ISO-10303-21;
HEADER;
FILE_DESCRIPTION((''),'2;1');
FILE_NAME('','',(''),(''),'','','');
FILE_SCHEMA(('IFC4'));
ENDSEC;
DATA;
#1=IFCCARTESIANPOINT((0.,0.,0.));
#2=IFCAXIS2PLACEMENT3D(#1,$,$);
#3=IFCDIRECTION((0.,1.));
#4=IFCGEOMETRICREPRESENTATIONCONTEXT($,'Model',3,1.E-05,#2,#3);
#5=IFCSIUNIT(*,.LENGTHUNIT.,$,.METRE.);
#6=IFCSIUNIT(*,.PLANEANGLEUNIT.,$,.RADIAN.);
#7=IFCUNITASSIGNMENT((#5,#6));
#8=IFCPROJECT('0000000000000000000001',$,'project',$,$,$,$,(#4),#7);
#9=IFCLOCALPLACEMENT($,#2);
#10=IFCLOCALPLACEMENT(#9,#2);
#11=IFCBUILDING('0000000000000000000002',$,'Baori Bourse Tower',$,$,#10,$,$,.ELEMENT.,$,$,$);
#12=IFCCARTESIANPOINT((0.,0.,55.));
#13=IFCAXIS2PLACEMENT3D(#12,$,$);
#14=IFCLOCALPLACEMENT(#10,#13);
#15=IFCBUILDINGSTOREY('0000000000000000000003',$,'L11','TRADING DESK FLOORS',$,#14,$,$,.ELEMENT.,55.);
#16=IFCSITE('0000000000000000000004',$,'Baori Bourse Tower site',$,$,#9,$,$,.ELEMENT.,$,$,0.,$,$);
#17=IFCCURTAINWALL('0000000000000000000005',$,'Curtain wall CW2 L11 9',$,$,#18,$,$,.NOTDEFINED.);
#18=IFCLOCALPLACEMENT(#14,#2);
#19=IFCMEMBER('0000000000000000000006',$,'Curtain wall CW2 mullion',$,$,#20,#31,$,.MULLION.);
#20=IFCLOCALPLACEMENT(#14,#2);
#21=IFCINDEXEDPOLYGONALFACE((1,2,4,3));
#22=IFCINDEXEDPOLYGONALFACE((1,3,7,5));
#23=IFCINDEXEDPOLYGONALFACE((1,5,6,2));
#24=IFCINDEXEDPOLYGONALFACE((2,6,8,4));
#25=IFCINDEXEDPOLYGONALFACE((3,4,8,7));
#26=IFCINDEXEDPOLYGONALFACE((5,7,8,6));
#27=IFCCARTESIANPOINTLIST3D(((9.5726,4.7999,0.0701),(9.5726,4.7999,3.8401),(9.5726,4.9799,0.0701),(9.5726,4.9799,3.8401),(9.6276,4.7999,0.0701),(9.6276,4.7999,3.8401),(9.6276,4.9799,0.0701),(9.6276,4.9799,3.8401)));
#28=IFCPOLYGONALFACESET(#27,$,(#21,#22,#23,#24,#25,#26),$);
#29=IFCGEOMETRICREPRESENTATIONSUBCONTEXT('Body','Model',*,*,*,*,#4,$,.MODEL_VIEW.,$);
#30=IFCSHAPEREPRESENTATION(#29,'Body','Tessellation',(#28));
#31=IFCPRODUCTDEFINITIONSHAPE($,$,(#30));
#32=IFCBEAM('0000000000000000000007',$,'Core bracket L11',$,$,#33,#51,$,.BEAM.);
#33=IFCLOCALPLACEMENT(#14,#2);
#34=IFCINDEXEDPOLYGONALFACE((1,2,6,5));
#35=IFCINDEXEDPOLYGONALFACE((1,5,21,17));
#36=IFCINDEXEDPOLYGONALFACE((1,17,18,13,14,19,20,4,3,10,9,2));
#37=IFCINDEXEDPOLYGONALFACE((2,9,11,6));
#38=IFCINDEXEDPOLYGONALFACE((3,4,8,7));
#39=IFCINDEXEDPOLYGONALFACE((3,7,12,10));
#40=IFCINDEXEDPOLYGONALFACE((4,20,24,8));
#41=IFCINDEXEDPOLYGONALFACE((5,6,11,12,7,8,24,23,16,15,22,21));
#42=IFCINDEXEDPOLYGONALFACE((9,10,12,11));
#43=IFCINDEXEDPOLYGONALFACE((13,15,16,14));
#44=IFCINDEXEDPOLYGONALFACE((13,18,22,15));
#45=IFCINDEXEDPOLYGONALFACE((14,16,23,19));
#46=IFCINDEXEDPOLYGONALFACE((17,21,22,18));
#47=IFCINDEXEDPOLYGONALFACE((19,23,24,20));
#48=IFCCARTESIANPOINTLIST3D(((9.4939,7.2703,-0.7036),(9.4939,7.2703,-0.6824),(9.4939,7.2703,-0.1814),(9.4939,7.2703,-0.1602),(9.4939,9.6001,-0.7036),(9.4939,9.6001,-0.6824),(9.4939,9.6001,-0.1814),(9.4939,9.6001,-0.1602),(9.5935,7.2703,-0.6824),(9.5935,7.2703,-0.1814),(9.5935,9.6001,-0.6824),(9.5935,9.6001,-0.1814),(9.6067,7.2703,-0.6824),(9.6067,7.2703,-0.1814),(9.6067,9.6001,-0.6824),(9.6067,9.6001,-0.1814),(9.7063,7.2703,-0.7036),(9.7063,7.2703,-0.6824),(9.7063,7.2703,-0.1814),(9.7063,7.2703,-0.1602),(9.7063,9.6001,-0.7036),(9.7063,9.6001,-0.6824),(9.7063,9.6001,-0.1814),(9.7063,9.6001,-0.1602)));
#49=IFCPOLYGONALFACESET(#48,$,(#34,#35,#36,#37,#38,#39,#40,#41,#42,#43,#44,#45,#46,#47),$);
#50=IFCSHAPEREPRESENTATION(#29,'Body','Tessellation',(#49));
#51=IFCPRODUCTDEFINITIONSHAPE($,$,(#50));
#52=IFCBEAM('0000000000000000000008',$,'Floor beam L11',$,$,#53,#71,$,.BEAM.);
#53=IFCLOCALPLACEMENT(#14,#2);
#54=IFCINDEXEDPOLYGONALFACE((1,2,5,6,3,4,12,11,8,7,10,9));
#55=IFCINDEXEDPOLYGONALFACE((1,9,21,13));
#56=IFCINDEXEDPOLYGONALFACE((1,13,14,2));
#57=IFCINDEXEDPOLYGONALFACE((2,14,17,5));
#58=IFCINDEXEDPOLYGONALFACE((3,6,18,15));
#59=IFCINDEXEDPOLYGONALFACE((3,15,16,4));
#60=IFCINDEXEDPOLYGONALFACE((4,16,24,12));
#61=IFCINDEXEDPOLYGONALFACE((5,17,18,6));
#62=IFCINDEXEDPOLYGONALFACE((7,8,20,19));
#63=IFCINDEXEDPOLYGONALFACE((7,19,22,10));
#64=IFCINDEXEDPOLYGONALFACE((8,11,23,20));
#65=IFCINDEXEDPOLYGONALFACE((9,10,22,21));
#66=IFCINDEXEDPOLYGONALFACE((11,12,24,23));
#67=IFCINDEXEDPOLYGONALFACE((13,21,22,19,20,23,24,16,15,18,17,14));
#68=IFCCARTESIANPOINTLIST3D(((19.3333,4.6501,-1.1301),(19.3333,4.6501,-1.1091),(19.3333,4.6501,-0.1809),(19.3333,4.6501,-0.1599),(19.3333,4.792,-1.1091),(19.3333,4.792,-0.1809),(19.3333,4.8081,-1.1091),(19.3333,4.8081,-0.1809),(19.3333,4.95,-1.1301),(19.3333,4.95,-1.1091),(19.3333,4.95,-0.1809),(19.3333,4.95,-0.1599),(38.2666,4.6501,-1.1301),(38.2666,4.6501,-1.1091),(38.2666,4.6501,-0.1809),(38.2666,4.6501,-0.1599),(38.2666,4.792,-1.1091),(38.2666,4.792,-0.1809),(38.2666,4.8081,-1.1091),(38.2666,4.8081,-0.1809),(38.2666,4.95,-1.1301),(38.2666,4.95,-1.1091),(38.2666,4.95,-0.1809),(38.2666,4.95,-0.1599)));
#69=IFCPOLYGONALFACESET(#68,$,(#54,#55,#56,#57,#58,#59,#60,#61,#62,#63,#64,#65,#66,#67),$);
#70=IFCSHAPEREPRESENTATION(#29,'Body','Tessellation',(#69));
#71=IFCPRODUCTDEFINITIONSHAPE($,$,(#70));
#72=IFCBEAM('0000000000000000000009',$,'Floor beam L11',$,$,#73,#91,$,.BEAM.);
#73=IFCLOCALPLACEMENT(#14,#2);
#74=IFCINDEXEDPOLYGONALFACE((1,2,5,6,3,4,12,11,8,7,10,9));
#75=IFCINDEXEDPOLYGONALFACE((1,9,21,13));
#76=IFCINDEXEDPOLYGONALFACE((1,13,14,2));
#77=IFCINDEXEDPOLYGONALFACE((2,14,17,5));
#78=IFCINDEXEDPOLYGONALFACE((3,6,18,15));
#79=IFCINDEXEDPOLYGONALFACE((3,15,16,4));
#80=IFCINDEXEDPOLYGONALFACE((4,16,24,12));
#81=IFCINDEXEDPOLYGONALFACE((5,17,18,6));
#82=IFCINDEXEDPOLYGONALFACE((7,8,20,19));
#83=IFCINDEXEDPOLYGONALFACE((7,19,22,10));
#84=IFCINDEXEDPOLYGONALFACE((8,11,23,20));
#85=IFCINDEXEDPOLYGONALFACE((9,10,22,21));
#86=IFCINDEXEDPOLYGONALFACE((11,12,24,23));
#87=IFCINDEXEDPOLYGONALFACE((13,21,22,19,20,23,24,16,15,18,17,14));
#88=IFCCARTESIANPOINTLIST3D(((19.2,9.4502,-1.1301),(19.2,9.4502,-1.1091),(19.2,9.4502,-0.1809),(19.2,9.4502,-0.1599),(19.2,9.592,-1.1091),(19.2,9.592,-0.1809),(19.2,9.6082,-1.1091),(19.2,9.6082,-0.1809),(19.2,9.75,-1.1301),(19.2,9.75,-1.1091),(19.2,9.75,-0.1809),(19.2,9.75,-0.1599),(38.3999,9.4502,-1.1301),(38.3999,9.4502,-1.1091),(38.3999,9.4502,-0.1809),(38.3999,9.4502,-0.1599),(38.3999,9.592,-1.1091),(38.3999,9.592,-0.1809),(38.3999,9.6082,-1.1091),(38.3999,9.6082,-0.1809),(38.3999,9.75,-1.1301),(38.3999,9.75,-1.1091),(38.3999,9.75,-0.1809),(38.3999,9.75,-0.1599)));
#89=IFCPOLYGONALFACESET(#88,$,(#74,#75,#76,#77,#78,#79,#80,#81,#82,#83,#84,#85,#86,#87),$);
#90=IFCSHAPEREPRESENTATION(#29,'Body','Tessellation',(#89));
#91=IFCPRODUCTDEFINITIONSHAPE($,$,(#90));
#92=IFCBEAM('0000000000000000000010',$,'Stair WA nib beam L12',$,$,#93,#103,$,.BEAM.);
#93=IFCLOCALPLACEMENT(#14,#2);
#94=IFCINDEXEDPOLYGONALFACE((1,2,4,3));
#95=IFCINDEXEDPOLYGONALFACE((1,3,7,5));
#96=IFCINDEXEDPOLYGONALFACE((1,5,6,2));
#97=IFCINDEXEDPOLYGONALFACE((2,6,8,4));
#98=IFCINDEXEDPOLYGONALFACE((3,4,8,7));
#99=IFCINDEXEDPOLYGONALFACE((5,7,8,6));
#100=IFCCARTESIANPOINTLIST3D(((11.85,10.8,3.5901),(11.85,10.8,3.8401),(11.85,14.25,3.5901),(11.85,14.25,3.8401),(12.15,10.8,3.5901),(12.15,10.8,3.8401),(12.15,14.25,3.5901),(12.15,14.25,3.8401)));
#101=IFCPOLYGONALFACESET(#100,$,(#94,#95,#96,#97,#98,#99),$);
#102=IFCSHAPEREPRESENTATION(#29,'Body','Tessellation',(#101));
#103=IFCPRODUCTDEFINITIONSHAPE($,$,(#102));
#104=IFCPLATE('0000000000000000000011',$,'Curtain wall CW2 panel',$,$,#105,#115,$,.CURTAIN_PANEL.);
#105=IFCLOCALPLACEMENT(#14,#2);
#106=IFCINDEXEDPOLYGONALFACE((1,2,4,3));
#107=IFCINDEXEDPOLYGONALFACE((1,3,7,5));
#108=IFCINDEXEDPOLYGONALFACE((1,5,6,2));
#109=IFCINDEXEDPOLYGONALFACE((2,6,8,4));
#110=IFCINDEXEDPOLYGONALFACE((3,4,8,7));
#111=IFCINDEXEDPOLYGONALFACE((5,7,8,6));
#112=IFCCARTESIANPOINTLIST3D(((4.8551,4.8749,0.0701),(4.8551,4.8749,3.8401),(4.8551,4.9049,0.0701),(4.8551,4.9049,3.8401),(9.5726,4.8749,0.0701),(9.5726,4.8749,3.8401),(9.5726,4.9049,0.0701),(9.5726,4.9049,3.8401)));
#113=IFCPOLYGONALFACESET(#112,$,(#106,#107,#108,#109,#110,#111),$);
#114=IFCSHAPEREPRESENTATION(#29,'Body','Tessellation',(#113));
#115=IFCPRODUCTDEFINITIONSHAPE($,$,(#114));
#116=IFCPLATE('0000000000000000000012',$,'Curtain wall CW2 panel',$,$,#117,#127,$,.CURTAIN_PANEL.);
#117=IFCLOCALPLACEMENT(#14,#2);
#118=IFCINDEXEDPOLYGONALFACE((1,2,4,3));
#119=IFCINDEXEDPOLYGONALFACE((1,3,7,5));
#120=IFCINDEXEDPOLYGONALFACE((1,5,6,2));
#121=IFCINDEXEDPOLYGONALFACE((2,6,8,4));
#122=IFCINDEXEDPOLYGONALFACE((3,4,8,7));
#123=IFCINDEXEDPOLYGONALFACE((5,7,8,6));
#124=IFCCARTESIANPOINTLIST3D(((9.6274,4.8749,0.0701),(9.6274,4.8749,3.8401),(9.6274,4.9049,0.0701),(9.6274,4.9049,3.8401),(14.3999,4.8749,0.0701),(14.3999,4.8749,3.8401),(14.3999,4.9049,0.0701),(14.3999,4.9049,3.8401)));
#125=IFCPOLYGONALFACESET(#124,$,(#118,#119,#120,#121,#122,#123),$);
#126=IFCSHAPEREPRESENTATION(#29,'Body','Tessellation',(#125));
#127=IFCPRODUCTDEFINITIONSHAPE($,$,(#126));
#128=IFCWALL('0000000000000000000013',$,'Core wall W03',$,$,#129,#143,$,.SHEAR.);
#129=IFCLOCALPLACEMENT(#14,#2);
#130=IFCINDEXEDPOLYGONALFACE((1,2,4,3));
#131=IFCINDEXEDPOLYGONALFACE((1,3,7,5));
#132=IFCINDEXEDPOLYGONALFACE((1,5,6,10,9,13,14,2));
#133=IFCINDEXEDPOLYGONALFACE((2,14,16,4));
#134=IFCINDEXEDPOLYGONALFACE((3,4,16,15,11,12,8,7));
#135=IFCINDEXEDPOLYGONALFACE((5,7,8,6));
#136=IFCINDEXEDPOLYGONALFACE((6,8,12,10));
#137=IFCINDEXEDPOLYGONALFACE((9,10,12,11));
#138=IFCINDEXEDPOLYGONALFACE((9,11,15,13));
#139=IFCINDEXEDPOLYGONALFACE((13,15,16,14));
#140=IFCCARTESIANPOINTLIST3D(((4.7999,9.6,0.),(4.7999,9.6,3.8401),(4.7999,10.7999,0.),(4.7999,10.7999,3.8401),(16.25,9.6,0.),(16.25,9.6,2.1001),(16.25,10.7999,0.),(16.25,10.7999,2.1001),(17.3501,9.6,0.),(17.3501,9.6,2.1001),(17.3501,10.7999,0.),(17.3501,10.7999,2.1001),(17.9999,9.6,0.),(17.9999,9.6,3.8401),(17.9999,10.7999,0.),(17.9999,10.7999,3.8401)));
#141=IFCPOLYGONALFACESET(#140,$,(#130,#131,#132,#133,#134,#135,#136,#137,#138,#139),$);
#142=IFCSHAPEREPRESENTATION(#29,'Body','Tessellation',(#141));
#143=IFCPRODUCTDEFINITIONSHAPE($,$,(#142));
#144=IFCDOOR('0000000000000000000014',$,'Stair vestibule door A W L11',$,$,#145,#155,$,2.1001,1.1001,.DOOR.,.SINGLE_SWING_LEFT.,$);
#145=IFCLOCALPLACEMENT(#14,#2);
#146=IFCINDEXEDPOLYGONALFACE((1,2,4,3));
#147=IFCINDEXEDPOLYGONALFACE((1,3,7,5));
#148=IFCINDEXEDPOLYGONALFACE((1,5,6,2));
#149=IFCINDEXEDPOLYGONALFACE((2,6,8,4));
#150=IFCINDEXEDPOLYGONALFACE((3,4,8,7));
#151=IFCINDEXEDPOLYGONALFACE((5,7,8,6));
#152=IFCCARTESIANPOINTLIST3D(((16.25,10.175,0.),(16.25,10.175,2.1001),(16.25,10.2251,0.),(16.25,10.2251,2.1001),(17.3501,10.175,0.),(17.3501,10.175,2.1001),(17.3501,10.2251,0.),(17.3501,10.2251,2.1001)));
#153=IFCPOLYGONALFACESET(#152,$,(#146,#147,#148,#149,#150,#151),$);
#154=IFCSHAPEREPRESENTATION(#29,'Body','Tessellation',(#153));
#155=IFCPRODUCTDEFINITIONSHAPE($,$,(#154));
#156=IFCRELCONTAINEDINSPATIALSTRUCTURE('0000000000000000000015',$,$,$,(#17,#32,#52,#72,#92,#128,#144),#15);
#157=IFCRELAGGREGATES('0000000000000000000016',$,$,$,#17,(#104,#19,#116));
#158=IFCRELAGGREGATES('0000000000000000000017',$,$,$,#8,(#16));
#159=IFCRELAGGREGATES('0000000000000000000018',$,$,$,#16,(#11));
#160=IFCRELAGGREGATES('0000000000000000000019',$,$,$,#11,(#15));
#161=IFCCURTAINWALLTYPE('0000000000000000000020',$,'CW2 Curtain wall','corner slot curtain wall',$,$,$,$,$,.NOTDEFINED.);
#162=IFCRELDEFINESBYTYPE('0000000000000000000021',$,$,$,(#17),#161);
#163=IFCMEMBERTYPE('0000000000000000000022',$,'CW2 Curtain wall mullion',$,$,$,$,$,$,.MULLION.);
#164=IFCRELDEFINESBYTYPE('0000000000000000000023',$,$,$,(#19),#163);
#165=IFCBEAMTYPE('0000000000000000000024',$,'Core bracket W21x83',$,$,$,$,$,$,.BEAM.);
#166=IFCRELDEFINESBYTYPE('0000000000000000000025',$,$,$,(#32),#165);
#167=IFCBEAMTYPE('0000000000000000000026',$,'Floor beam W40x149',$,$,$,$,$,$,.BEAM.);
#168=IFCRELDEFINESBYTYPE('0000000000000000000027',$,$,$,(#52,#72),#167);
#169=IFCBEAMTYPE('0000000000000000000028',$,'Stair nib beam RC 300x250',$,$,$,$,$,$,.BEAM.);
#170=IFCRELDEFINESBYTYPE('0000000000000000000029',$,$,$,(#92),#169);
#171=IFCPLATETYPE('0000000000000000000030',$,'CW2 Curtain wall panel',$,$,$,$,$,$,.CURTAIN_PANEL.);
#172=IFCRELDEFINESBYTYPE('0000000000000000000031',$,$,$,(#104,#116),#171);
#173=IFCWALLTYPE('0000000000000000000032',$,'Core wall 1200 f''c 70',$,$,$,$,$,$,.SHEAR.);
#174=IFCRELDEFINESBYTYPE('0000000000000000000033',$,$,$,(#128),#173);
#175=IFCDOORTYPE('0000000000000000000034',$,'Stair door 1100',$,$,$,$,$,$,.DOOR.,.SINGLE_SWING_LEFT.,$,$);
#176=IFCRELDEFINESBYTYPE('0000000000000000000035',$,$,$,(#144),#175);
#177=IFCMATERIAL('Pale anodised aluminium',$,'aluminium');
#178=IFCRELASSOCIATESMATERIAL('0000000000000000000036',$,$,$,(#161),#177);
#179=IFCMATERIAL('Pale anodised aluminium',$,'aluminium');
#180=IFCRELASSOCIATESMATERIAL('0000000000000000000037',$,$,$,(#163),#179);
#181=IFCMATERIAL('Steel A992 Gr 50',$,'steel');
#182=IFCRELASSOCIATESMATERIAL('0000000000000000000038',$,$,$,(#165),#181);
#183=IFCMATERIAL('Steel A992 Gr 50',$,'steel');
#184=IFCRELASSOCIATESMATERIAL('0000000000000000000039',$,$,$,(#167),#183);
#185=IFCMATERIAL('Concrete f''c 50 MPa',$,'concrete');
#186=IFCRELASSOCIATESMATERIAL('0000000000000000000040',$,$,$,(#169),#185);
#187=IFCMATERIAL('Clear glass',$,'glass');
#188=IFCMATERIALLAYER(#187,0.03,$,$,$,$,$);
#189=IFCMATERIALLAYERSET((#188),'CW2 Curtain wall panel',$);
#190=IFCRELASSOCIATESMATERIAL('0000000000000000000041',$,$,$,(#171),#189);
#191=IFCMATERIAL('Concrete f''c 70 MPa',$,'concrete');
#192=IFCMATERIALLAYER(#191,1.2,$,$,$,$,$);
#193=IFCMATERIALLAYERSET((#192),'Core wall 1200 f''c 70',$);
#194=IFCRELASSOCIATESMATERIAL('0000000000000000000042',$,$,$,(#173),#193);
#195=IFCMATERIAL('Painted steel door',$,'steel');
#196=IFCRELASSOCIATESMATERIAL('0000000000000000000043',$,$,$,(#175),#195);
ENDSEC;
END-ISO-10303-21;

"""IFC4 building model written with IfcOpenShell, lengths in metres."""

from ifc_helpers import new_model, si_unit, direction, frame, frame_2d, origin, origin_2d, place, context, subcontext, project, spatial, rectangle, i_section, extrude, material, layer, layer_set, material_profile, profile_set, type_object, element, fill, aggregate, save


model = new_model("IFC4")

# Units and contexts
model_context = context("Model", 3, precision=1e-05, world=origin(), true_north=direction((0.0, 1.0)))
body_context = subcontext(model_context, "Body", "Model", "MODEL_VIEW")
ifc_project = project(units=[si_unit("LENGTHUNIT", "METRE"), si_unit("PLANEANGLEUNIT", "RADIAN")], contexts=[model_context])

# Site, building, storey
site_placement = place(None, origin())
site = spatial("IfcSite", under=ifc_project, at=site_placement, Name="Baori Bourse Tower site", CompositionType="ELEMENT", RefElevation=0.0)
building_placement = place(site_placement, origin())
building = spatial("IfcBuilding", under=site, at=building_placement, Name="Baori Bourse Tower", CompositionType="ELEMENT")
storey_placement = place(building_placement, frame((0.0, 0.0, 55.0)))
storey = spatial("IfcBuildingStorey", under=building, at=storey_placement, Name="L11", Description="TRADING DESK FLOORS", CompositionType="ELEMENT", Elevation=55.0)

# Curtain wall, member
ifc_material_1 = material(Name="Pale anodised aluminium", Category="aluminium")
curtain_wall_type = type_object("IfcCurtainWallType", Name="CW2 Curtain wall", Description="corner slot curtain wall", PredefinedType="NOTDEFINED", material=ifc_material_1)
curtain_wall_placement = place(storey_placement, origin())
curtain_wall = element("IfcCurtainWall", 1, at=curtain_wall_placement, inside=storey, type_object=curtain_wall_type, Name="Curtain wall CW2 L11 9", PredefinedType="NOTDEFINED")
ifc_material_2 = material(Name="Pale anodised aluminium", Category="aluminium")
ifc_material_profile_1 = material_profile(ifc_material_2, rectangle(XDim=0.1799, YDim=0.0549, at=origin_2d()), Name="Mullion 55x180")
ifc_profile_set_1 = profile_set([ifc_material_profile_1], Name="Pale anodised aluminium")
member_type = type_object("IfcMemberType", Name="CW2 Curtain wall mullion", PredefinedType="MULLION", material=ifc_profile_set_1)
member_placement = place(storey_placement, frame((9.6001, 4.8899, 0.0701), z_axis=(0.0, 0.0, 1.0), x_axis=(0.0, 1.0, 0.0)))
member = element("IfcMember", 2, at=member_placement, type_object=member_type, Name="Curtain wall CW2 mullion", PredefinedType="MULLION", context=body_context, shape_type="SweptSolid", body=[
    extrude(rectangle(XDim=0.1799, YDim=0.0549, at=origin_2d()), origin(), (0.0, 0.0, 1.0), 3.77),
])

# Beams
ifc_material_3 = material(Name="Steel A992 Gr 50", Category="steel")
ifc_material_profile_2 = material_profile(ifc_material_3, i_section(OverallWidth=0.2124, OverallDepth=0.5435, WebThickness=0.0132, FlangeThickness=0.0212, at=origin_2d()), Name="W21x83")
ifc_profile_set_2 = profile_set([ifc_material_profile_2], Name="Steel A992 Gr 50")
beam_type_1 = type_object("IfcBeamType", Name="Core bracket W21x83", PredefinedType="BEAM", material=ifc_profile_set_2)
beam_1_placement = place(storey_placement, frame((9.6001, 7.2703, -0.4319), z_axis=(0.0, 1.0, 0.0), x_axis=(-1.0, 0.0, 0.0)))
element("IfcBeam", 3, at=beam_1_placement, inside=storey, type_object=beam_type_1, Name="Core bracket L11", PredefinedType="BEAM", context=body_context, shape_type="SweptSolid", body=[
    extrude(i_section(OverallWidth=0.2124, OverallDepth=0.5435, WebThickness=0.0132, FlangeThickness=0.0212, at=origin_2d()), origin(), (0.0, 0.0, 1.0), 2.3298),
])
ifc_material_4 = material(Name="Steel A992 Gr 50", Category="steel")
ifc_material_profile_3 = material_profile(ifc_material_4, i_section(OverallWidth=0.2998, OverallDepth=0.9702, WebThickness=0.0161, FlangeThickness=0.021, at=origin_2d()), Name="W40x149")
ifc_profile_set_3 = profile_set([ifc_material_profile_3], Name="Steel A992 Gr 50")
beam_type_2 = type_object("IfcBeamType", Name="Floor beam W40x149", PredefinedType="BEAM", material=ifc_profile_set_3)
beam_2_placement = place(storey_placement, frame((19.3333, 4.8, -0.645), z_axis=(1.0, 0.0, 0.0), x_axis=(0.0, 1.0, 0.0)))
element("IfcBeam", 4, at=beam_2_placement, inside=storey, type_object=beam_type_2, Name="Floor beam L11", PredefinedType="BEAM", context=body_context, shape_type="SweptSolid", body=[
    extrude(i_section(OverallWidth=0.2998, OverallDepth=0.9702, WebThickness=0.0161, FlangeThickness=0.021, at=origin_2d()), origin(), (0.0, 0.0, 1.0), 18.9333),
])
beam_3_placement = place(storey_placement, frame((19.2, 9.6001, -0.645), z_axis=(1.0, 0.0, 0.0), x_axis=(0.0, 1.0, 0.0)))
element("IfcBeam", 5, at=beam_3_placement, inside=storey, type_object=beam_type_2, Name="Floor beam L11", PredefinedType="BEAM", context=body_context, shape_type="SweptSolid", body=[
    extrude(i_section(OverallWidth=0.2998, OverallDepth=0.9702, WebThickness=0.0161, FlangeThickness=0.021, at=origin_2d()), origin(), (0.0, 0.0, 1.0), 19.2),
])
ifc_material_5 = material(Name="Concrete f'c 50 MPa", Category="concrete")
ifc_material_profile_4 = material_profile(ifc_material_5, rectangle(XDim=0.3, YDim=0.25, at=origin_2d()), Name="RC 300x250")
ifc_profile_set_4 = profile_set([ifc_material_profile_4], Name="Concrete f'c 50 MPa")
beam_type_3 = type_object("IfcBeamType", Name="Stair nib beam RC 300x250", PredefinedType="BEAM", material=ifc_profile_set_4)
beam_4_placement = place(storey_placement, frame((12.0, 10.8, 3.7151), z_axis=(0.0, 1.0, 0.0), x_axis=(-1.0, 0.0, 0.0)))
element("IfcBeam", 6, at=beam_4_placement, inside=storey, type_object=beam_type_3, Name="Stair WA nib beam L12", PredefinedType="BEAM", context=body_context, shape_type="SweptSolid", body=[
    extrude(rectangle(XDim=0.3, YDim=0.25, at=origin_2d()), origin(), (0.0, 0.0, 1.0), 3.45),
])

# Plates
ifc_material_6 = material(Name="Clear glass", Category="glass")
ifc_layer_1 = layer(ifc_material_6, 0.03)
ifc_layer_set_1 = layer_set([ifc_layer_1], Name="CW2 Curtain wall panel")
plate_type = type_object("IfcPlateType", Name="CW2 Curtain wall panel", PredefinedType="CURTAIN_PANEL", material=ifc_layer_set_1)
plate_1_placement = place(storey_placement, frame((7.2139, 4.8899, 0.0701), z_axis=(0.0, 0.0, 1.0), x_axis=(1.0, 0.0, 0.0)))
plate_1 = element("IfcPlate", 7, at=plate_1_placement, type_object=plate_type, Name="Curtain wall CW2 panel", PredefinedType="CURTAIN_PANEL", context=body_context, shape_type="SweptSolid", body=[
    extrude(rectangle(XDim=4.7175, YDim=0.03, at=origin_2d()), origin(), (0.0, 0.0, 1.0), 3.77),
])
plate_2_placement = place(storey_placement, frame((12.0137, 4.8899, 0.0701), z_axis=(0.0, 0.0, 1.0), x_axis=(1.0, 0.0, 0.0)))
plate_2 = element("IfcPlate", 8, at=plate_2_placement, type_object=plate_type, Name="Curtain wall CW2 panel", PredefinedType="CURTAIN_PANEL", context=body_context, shape_type="SweptSolid", body=[
    extrude(rectangle(XDim=4.7725, YDim=0.03, at=origin_2d()), origin(), (0.0, 0.0, 1.0), 3.77),
])
aggregate(curtain_wall, [plate_1, member, plate_2])

# Wall, opening, door
ifc_material_7 = material(Name="Concrete f'c 70 MPa", Category="concrete")
ifc_layer_2 = layer(ifc_material_7, 1.2)
ifc_layer_set_2 = layer_set([ifc_layer_2], Name="Core wall 1200 f'c 70")
wall_type_1 = type_object("IfcWallType", Name="Core wall 1200 f'c 70", PredefinedType="SHEAR", material=ifc_layer_set_2)
wall_1_placement = place(storey_placement, frame((18.0, 10.2, 0.0), z_axis=(0.0, 0.0, 1.0), x_axis=(-1.0, 0.0, 0.0)))
wall_1 = element("IfcWall", 9, at=wall_1_placement, inside=storey, type_object=wall_type_1, Name="Core wall W03", PredefinedType="SHEAR", context=body_context, shape_type="SweptSolid", body=[
    extrude(rectangle(XDim=13.2, YDim=1.2, at=frame_2d((6.6001, 0.0))), origin(), (0.0, 0.0, 1.0), 3.8401),
])
opening_1_placement = place(wall_1_placement, frame((0.6499, 0.0, 0.0)))
opening_1 = element("IfcOpeningElement", 10, at=opening_1_placement, cuts=wall_1, PredefinedType="OPENING", context=body_context, shape_type="SweptSolid", body=[
    extrude(rectangle(XDim=1.1001, YDim=2.1001, at=frame_2d((0.55, 1.05))), frame((0.0, 0.6099, 0.0), z_axis=(0.0, -1.0, 0.0), x_axis=(1.0, 0.0, 0.0)), (0.0, 0.0, 1.0), 1.22),
])
ifc_material_8 = material(Name="Painted steel door", Category="steel")
door_type_1 = type_object("IfcDoorType", Name="Stair door 1100", OperationType="SINGLE_SWING_LEFT", PredefinedType="DOOR", material=ifc_material_8)
door_1_placement = place(opening_1_placement, origin())
door_1 = element("IfcDoor", 11, at=door_1_placement, inside=storey, type_object=door_type_1, Name="Stair vestibule door A W L11", OperationType="SINGLE_SWING_LEFT", OverallHeight=2.1001, OverallWidth=1.1001, PredefinedType="DOOR", context=body_context, shape_type="SweptSolid", body=[
    extrude(rectangle(XDim=1.1001, YDim=2.1001, at=frame_2d((0.55, 1.05))), frame((0.0, 0.0249, 0.0), z_axis=(0.0, -1.0, 0.0), x_axis=(1.0, 0.0, 0.0)), (0.0, 0.0, 1.0), 0.05),
])
fill(opening_1, door_1)

save(model, "model.ifc")
